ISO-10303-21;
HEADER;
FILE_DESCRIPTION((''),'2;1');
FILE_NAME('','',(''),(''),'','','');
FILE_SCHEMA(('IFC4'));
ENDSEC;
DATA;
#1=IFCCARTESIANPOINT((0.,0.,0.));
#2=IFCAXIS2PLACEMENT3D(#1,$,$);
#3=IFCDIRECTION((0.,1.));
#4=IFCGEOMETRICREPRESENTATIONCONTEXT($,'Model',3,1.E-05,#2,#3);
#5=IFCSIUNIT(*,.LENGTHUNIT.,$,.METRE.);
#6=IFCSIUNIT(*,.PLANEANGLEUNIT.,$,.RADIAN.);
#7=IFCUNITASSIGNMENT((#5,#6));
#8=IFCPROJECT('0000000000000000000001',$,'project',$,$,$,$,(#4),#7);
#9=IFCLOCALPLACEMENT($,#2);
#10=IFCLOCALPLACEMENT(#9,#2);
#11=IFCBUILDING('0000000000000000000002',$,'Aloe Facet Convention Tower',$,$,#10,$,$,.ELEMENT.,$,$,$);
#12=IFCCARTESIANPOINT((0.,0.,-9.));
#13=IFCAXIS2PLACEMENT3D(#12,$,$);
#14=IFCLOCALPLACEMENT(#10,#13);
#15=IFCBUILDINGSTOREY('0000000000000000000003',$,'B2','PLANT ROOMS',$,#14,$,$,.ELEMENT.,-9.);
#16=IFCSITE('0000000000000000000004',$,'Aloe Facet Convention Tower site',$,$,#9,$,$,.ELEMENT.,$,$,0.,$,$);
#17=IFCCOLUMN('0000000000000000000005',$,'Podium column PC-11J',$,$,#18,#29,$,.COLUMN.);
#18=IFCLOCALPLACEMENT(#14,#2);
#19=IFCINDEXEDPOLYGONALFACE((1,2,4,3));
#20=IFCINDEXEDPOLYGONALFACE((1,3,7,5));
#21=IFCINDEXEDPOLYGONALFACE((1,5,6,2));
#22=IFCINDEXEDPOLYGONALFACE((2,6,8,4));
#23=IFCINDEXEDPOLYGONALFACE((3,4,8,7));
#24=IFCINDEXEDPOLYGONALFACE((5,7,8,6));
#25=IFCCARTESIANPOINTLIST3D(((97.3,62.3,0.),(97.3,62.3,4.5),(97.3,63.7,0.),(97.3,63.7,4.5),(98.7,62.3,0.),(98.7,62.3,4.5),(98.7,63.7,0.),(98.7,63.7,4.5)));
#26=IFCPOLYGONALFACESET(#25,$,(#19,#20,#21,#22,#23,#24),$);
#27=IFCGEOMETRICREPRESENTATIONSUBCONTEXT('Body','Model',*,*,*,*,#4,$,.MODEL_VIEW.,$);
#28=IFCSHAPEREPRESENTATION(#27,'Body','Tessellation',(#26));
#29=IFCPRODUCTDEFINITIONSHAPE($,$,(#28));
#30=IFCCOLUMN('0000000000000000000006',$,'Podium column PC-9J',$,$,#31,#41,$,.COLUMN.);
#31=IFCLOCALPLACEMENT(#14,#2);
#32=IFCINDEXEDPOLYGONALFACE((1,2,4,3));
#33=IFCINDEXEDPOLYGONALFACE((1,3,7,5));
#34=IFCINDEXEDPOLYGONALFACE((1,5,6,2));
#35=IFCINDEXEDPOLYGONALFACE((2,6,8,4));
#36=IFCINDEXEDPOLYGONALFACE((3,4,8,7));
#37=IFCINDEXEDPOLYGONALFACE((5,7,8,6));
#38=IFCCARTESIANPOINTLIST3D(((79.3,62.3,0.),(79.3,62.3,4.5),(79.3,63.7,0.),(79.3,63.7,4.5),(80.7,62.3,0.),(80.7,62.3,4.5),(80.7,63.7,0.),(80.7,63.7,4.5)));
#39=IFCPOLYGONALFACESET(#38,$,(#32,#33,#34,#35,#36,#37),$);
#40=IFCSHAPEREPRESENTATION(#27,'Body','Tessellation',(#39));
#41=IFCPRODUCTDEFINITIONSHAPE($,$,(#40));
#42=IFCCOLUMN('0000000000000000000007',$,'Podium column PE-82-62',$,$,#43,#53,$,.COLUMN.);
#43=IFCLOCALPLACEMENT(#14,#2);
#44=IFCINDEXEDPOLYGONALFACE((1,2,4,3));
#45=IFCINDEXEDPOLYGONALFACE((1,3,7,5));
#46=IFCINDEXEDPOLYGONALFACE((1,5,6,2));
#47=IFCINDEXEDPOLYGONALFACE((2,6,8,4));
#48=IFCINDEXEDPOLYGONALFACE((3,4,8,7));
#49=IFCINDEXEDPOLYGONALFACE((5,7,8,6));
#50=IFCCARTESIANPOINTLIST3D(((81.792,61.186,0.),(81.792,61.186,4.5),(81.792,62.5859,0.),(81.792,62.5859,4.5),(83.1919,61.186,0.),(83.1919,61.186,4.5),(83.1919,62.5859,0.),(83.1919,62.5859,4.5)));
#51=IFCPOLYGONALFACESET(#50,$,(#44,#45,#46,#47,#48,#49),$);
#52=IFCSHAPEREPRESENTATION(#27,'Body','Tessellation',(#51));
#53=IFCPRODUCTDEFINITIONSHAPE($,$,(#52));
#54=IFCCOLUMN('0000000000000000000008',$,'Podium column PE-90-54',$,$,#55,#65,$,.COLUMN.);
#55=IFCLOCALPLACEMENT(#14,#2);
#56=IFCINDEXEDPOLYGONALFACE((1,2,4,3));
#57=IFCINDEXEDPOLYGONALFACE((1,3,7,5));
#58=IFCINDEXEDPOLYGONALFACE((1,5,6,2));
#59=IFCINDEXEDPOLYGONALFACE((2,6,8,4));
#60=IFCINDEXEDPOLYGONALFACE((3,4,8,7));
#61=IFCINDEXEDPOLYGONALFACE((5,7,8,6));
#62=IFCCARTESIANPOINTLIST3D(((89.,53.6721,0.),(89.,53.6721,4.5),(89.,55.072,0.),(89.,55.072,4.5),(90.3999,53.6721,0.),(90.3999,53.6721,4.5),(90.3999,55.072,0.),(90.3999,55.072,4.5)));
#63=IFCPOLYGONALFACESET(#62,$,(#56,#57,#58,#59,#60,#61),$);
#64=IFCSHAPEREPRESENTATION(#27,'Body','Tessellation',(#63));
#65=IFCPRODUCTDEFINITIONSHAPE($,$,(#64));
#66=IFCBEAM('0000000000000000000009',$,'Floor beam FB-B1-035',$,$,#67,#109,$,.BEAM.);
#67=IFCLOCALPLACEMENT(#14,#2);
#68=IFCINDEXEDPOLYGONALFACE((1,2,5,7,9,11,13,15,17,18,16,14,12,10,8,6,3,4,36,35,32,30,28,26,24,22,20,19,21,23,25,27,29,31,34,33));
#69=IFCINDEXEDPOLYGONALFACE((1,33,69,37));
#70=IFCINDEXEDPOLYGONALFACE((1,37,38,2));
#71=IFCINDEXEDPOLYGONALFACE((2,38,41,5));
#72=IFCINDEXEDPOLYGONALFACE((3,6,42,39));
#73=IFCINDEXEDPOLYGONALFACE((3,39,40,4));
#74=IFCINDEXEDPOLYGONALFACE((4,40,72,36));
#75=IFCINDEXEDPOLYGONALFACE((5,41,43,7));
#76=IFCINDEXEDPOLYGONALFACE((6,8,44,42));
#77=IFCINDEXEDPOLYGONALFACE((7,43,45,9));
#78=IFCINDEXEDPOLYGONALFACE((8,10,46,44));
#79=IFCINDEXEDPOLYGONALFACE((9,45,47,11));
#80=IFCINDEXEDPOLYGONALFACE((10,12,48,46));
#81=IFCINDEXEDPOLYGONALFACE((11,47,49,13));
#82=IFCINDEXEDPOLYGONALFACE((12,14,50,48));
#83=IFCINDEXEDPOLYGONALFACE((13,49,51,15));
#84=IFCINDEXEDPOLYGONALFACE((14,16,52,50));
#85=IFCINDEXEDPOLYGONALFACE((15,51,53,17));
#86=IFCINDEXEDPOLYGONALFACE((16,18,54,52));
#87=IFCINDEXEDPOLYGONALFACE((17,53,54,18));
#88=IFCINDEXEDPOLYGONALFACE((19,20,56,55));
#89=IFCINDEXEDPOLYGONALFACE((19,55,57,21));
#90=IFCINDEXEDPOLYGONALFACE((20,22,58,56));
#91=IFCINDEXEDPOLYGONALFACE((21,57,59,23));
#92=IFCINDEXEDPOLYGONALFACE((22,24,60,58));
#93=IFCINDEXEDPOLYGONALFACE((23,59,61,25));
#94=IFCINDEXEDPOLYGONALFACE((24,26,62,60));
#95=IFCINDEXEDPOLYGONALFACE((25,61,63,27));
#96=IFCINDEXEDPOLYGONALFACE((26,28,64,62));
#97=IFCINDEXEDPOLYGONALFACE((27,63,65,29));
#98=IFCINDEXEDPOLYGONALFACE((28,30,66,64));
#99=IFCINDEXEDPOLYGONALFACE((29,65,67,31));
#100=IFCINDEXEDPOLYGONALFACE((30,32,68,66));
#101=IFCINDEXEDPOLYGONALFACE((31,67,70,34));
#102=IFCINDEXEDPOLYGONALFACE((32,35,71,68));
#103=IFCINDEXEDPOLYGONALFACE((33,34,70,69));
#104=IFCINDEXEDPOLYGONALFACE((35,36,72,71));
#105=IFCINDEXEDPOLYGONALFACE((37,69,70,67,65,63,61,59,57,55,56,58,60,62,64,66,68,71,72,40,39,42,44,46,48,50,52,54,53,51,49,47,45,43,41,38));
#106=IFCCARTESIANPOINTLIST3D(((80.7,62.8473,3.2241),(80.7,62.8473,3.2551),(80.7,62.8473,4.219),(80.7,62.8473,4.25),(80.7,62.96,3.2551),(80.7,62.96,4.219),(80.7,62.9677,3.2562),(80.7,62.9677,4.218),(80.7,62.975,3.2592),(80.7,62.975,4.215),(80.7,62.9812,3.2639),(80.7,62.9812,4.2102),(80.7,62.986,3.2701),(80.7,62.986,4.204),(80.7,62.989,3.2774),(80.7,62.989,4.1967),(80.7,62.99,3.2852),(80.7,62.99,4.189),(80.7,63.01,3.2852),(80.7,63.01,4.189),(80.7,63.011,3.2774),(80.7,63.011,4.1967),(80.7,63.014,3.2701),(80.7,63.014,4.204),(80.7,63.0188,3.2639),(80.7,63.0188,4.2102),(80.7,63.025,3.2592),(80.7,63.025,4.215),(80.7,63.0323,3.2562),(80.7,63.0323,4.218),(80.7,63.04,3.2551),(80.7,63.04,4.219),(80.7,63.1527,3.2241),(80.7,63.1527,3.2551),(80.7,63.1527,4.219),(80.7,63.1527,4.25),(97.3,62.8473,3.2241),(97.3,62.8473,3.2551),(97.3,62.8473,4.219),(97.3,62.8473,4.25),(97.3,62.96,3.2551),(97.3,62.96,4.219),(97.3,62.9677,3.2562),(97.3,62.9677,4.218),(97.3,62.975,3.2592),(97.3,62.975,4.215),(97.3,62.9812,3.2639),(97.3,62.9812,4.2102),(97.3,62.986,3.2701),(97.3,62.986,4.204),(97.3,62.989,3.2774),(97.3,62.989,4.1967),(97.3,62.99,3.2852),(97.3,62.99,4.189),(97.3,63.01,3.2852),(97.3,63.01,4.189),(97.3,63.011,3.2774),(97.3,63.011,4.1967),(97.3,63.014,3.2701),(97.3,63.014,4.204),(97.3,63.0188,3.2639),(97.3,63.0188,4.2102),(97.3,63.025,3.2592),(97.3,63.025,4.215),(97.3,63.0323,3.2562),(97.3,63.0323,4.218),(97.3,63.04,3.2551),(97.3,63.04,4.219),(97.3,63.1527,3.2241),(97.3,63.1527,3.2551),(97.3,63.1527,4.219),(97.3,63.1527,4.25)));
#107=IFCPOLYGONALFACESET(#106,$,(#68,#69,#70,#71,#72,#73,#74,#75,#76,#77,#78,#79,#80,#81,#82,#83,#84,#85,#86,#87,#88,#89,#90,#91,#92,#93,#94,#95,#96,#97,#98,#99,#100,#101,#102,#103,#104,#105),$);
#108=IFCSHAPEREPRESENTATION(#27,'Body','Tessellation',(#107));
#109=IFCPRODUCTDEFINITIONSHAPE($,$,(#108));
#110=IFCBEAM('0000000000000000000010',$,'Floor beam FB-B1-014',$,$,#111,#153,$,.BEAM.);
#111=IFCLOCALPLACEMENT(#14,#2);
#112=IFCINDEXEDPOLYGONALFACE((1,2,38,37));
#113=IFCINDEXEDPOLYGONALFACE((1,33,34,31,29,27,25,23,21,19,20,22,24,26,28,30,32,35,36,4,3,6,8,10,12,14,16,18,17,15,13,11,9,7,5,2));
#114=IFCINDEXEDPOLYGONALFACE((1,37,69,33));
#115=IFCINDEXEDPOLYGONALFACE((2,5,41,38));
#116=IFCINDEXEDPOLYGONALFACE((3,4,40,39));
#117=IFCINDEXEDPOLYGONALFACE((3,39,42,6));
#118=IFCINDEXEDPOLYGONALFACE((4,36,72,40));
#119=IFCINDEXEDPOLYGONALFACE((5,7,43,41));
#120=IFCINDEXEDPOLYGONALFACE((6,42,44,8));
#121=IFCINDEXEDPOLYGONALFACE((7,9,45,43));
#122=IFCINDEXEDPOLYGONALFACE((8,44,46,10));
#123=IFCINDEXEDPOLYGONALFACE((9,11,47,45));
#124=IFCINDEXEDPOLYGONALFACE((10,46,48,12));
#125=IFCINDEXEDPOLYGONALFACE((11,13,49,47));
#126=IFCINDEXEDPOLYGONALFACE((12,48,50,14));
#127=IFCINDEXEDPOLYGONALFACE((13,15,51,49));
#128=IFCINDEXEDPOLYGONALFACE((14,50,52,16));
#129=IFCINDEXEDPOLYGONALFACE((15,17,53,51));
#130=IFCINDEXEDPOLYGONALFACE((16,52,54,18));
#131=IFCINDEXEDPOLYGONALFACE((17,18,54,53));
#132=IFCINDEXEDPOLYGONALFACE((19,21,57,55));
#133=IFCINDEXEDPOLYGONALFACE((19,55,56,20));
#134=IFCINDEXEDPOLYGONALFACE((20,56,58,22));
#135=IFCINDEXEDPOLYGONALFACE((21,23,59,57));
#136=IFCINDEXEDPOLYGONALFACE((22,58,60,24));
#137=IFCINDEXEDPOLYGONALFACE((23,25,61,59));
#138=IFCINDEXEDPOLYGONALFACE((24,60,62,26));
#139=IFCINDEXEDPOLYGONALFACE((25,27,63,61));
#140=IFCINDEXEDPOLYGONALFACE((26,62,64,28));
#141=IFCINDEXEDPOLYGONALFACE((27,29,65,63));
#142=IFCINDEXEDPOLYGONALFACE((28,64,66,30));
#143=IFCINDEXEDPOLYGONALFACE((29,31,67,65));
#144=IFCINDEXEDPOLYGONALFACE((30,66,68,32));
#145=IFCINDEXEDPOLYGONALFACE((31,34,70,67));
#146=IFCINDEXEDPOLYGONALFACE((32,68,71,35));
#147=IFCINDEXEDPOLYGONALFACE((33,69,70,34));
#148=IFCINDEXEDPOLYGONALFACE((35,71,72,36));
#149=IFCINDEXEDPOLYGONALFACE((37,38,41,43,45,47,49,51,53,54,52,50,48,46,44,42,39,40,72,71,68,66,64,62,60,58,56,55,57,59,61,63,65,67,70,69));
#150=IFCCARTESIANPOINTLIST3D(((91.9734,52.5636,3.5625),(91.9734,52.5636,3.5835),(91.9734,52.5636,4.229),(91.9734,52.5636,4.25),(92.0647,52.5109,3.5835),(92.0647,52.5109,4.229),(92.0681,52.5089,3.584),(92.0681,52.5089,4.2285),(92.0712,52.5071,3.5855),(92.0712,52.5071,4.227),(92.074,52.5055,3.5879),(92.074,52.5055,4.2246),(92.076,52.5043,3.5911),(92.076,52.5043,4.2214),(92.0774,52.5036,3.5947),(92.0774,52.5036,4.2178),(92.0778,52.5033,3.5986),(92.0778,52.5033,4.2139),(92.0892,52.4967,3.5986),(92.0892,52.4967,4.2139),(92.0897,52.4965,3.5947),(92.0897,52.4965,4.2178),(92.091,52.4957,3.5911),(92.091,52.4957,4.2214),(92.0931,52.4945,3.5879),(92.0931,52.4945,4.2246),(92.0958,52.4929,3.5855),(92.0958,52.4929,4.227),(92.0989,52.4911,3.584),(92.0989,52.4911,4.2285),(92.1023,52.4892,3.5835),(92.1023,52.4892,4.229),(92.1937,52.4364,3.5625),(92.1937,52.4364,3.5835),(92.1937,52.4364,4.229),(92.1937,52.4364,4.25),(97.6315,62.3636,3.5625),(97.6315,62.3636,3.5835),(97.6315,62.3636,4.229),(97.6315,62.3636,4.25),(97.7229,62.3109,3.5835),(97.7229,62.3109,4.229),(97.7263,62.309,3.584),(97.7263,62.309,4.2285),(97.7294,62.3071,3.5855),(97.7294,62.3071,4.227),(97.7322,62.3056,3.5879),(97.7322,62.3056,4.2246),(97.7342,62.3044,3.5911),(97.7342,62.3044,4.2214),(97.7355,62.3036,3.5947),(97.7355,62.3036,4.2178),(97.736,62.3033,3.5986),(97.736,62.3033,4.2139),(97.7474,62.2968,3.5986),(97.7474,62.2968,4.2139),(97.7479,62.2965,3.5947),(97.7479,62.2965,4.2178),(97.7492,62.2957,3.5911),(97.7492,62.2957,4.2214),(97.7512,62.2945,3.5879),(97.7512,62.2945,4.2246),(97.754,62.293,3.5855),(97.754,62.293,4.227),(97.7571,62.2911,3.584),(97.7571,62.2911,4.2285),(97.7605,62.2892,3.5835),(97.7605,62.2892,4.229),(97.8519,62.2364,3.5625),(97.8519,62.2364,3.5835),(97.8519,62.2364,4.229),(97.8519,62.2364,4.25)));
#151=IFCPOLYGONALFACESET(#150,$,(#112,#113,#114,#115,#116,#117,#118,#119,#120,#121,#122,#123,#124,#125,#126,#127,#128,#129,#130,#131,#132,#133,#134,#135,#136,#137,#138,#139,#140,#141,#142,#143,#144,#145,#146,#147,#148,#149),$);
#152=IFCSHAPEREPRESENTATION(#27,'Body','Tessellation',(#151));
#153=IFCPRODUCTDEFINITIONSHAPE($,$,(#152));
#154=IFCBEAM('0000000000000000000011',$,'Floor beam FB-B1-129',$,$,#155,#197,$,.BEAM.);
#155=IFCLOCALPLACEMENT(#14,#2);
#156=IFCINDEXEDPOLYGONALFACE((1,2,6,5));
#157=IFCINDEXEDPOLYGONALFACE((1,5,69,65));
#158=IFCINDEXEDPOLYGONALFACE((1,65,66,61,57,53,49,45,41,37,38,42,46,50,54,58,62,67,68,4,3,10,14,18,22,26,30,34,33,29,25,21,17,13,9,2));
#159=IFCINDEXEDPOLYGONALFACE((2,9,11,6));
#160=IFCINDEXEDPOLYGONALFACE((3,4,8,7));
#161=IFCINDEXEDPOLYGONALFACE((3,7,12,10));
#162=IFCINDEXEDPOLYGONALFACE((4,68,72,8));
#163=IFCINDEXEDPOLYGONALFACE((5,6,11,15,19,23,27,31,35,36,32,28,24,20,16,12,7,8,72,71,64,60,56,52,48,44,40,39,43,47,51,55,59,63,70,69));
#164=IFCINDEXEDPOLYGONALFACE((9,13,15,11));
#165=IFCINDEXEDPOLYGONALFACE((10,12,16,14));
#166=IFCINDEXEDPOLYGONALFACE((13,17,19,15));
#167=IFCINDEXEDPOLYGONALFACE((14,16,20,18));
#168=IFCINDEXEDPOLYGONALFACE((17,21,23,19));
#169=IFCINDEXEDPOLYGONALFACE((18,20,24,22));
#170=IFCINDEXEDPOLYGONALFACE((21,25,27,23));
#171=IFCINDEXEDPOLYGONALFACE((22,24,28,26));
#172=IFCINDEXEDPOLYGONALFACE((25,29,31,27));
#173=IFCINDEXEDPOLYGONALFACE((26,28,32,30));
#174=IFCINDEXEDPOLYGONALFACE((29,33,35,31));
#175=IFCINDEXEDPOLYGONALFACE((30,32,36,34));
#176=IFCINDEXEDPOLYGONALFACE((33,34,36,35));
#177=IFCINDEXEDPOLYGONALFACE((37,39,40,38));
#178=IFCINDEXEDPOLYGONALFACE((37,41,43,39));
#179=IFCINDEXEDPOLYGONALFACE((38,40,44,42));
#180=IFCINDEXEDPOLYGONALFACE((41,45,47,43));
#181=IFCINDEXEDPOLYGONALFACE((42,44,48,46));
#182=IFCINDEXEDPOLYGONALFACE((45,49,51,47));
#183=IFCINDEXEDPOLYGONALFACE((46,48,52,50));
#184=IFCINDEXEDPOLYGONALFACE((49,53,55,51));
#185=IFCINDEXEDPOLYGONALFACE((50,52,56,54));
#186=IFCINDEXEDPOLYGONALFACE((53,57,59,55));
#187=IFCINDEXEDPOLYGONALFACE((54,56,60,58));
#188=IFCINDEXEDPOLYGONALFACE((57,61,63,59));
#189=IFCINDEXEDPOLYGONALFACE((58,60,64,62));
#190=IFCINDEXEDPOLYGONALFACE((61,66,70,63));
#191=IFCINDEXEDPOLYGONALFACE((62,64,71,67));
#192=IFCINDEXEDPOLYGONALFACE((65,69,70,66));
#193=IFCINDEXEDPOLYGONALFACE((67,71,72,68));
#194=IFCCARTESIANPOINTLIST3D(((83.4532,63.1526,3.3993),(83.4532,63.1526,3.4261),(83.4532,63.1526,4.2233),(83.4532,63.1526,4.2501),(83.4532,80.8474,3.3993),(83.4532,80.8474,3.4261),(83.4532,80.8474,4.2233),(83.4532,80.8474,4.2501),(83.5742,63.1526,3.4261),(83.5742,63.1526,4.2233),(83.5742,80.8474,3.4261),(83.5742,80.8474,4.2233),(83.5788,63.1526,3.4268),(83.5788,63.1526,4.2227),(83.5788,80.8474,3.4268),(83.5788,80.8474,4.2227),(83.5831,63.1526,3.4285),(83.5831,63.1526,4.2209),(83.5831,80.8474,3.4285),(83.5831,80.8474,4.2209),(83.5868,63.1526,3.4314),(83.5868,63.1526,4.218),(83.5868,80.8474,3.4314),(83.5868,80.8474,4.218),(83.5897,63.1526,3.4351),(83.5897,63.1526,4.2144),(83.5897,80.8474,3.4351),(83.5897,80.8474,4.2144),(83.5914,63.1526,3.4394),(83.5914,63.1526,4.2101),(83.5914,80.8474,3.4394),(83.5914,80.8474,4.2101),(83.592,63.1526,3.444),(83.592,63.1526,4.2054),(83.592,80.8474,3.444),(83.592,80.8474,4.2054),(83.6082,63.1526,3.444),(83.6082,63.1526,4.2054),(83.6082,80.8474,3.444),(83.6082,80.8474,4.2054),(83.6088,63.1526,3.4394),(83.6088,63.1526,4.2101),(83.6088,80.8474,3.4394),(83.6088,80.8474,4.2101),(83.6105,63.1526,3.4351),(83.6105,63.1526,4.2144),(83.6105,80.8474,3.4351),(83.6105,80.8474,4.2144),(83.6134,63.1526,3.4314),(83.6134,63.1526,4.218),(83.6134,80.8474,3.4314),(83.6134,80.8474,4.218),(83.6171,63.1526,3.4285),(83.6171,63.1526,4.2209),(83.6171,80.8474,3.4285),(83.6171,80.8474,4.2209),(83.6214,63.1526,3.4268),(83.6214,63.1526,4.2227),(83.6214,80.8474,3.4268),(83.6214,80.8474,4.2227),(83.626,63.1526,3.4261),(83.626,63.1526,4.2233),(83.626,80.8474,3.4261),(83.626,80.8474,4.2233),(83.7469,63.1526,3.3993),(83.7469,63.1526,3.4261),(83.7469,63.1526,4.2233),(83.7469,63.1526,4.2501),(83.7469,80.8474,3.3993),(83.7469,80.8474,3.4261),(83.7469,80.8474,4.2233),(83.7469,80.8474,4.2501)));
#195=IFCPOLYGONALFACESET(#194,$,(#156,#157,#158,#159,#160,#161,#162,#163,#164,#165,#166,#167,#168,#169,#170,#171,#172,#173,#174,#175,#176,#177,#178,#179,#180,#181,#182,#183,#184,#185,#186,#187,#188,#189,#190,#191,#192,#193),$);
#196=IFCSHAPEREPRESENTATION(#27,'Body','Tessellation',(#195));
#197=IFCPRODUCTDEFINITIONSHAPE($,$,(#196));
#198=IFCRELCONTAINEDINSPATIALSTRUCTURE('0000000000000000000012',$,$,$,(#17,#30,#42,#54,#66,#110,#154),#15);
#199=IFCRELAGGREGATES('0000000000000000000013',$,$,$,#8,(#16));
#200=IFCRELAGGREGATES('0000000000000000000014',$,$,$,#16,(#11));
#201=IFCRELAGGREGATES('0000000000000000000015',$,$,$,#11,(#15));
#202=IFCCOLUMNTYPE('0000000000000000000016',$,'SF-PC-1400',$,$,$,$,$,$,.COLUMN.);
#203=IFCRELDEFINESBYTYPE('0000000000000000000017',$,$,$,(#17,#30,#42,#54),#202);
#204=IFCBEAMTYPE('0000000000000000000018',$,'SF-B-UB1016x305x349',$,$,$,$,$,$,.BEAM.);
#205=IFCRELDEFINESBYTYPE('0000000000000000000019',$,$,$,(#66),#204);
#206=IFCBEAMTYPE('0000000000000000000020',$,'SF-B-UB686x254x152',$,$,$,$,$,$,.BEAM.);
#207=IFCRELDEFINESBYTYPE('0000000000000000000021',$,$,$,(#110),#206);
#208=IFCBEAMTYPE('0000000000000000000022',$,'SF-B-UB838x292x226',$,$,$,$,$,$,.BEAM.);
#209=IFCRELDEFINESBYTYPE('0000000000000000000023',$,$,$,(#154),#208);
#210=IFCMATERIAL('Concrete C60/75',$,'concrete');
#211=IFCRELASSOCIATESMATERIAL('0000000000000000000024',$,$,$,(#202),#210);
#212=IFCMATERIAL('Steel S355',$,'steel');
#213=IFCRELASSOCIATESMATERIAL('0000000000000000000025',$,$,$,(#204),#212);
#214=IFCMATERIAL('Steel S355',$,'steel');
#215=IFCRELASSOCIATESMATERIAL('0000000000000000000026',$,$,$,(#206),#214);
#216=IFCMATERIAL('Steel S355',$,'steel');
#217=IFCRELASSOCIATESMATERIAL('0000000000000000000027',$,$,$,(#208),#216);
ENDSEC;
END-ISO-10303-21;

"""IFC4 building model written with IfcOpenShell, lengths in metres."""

from ifc_helpers import new_model, si_unit, direction, frame, origin, origin_2d, place, context, subcontext, project, spatial, rectangle, i_section, extrude, material, material_profile, profile_set, type_object, element, save


model = new_model("IFC4")

# Units and contexts
model_context = context("Model", 3, precision=1e-05, world=origin(), true_north=direction((0.0, 1.0)))
body_context = subcontext(model_context, "Body", "Model", "MODEL_VIEW")
ifc_project = project(units=[si_unit("LENGTHUNIT", "METRE"), si_unit("PLANEANGLEUNIT", "RADIAN")], contexts=[model_context])

# Site, building, storey
site_placement = place(None, origin())
site = spatial("IfcSite", under=ifc_project, at=site_placement, Name="Aloe Facet Convention Tower site", CompositionType="ELEMENT", RefElevation=0.0)
building_placement = place(site_placement, origin())
building = spatial("IfcBuilding", under=site, at=building_placement, Name="Aloe Facet Convention Tower", CompositionType="ELEMENT")
storey_placement = place(building_placement, frame((0.0, 0.0, -9.0)))
storey = spatial("IfcBuildingStorey", under=building, at=storey_placement, Name="B2", Description="PLANT ROOMS", CompositionType="ELEMENT", Elevation=-9.0)

# Columns
ifc_material_1 = material(Name="Concrete C60/75", Category="concrete")
ifc_material_profile_1 = material_profile(ifc_material_1, rectangle(XDim=1.3999, YDim=1.3999, at=origin_2d()), Name="SF-PC-1400")
ifc_profile_set_1 = profile_set([ifc_material_profile_1], Name="Concrete C60/75")
column_type = type_object("IfcColumnType", Name="SF-PC-1400", PredefinedType="COLUMN", material=ifc_profile_set_1)
for number, where, z_axis, x_axis, name in (
    (1, (98.0, 63.0, 0.0), (0.0, 0.0, 1.0), (1.0, 0.0, 0.0), "Podium column PC-11J"),
    (2, (80.0, 63.0, 0.0), (0.0, 0.0, 1.0), (1.0, 0.0, 0.0), "Podium column PC-9J"),
    (3, (82.4919, 61.886, 0.0), (0.0, 0.0, 1.0), (1.0, 0.0, 0.0), "Podium column PE-82-62"),
    (4, (89.7, 54.3721, 0.0), (0.0, 0.0, 1.0), (1.0, 0.0, 0.0), "Podium column PE-90-54"),
):
    element("IfcColumn", number, at=place(storey_placement, frame(where, z_axis=z_axis, x_axis=x_axis)), inside=storey, type_object=column_type, Name=name, PredefinedType="COLUMN", context=body_context, shape_type="SweptSolid", body=[
        extrude(rectangle(XDim=1.3999, YDim=1.3999, at=origin_2d()), origin(), (0.0, 0.0, 1.0), 4.5),
    ])

# Beams
ifc_material_2 = material(Name="Steel S355", Category="steel")
ifc_material_profile_2 = material_profile(ifc_material_2, i_section(OverallWidth=0.3054, OverallDepth=1.0259, WebThickness=0.02, FlangeThickness=0.031, FilletRadius=0.03, at=origin_2d()), Name="UB 1016x305x349")
ifc_profile_set_2 = profile_set([ifc_material_profile_2], Name="Steel S355")
beam_type_1 = type_object("IfcBeamType", Name="SF-B-UB1016x305x349", PredefinedType="BEAM", material=ifc_profile_set_2)
beam_1_placement = place(storey_placement, frame((80.7, 63.0, 3.7371), z_axis=(1.0, 0.0, 0.0), x_axis=(0.0, 1.0, 0.0)))
element("IfcBeam", 5, at=beam_1_placement, inside=storey, type_object=beam_type_1, Name="Floor beam FB-B1-035", PredefinedType="BEAM", context=body_context, shape_type="SweptSolid", body=[
    extrude(i_section(OverallWidth=0.3054, OverallDepth=1.0259, WebThickness=0.02, FlangeThickness=0.031, FilletRadius=0.03, at=origin_2d()), origin(), (0.0, 0.0, 1.0), 16.6001),
])
ifc_material_3 = material(Name="Steel S355", Category="steel")
ifc_material_profile_3 = material_profile(ifc_material_3, i_section(OverallWidth=0.2544, OverallDepth=0.6875, WebThickness=0.0132, FlangeThickness=0.021, FilletRadius=0.0151, at=origin_2d()), Name="UB 686x254x152")
ifc_profile_set_3 = profile_set([ifc_material_profile_3], Name="Steel S355")
beam_type_2 = type_object("IfcBeamType", Name="SF-B-UB686x254x152", PredefinedType="BEAM", material=ifc_profile_set_3)
beam_2_placement = place(storey_placement, frame((97.7417, 62.3, 3.9062), z_axis=(-0.500009, -0.86602, 0.0), x_axis=(0.86602, -0.500009, 0.0)))
element("IfcBeam", 6, at=beam_2_placement, inside=storey, type_object=beam_type_2, Name="Floor beam FB-B1-014", PredefinedType="BEAM", context=body_context, shape_type="SweptSolid", body=[
    extrude(i_section(OverallWidth=0.2544, OverallDepth=0.6875, WebThickness=0.0132, FlangeThickness=0.021, FilletRadius=0.0151, at=origin_2d()), origin(), (0.0, 0.0, 1.0), 11.3162),
])
ifc_material_4 = material(Name="Steel S355", Category="steel")
ifc_material_profile_4 = material_profile(ifc_material_4, i_section(OverallWidth=0.2937, OverallDepth=0.8508, WebThickness=0.0161, FlangeThickness=0.0269, FilletRadius=0.0178, at=origin_2d()), Name="UB 838x292x226")
ifc_profile_set_4 = profile_set([ifc_material_profile_4], Name="Steel S355")
beam_type_3 = type_object("IfcBeamType", Name="SF-B-UB838x292x226", PredefinedType="BEAM", material=ifc_profile_set_4)
beam_3_placement = place(storey_placement, frame((83.6001, 63.1526, 3.8247), z_axis=(0.0, 1.0, 0.0), x_axis=(-1.0, 0.0, 0.0)))
element("IfcBeam", 7, at=beam_3_placement, inside=storey, type_object=beam_type_3, Name="Floor beam FB-B1-129", PredefinedType="BEAM", context=body_context, shape_type="SweptSolid", body=[
    extrude(i_section(OverallWidth=0.2937, OverallDepth=0.8508, WebThickness=0.0161, FlangeThickness=0.0269, FilletRadius=0.0178, at=origin_2d()), origin(), (0.0, 0.0, 1.0), 17.6948),
])

save(model, "model.ifc")
